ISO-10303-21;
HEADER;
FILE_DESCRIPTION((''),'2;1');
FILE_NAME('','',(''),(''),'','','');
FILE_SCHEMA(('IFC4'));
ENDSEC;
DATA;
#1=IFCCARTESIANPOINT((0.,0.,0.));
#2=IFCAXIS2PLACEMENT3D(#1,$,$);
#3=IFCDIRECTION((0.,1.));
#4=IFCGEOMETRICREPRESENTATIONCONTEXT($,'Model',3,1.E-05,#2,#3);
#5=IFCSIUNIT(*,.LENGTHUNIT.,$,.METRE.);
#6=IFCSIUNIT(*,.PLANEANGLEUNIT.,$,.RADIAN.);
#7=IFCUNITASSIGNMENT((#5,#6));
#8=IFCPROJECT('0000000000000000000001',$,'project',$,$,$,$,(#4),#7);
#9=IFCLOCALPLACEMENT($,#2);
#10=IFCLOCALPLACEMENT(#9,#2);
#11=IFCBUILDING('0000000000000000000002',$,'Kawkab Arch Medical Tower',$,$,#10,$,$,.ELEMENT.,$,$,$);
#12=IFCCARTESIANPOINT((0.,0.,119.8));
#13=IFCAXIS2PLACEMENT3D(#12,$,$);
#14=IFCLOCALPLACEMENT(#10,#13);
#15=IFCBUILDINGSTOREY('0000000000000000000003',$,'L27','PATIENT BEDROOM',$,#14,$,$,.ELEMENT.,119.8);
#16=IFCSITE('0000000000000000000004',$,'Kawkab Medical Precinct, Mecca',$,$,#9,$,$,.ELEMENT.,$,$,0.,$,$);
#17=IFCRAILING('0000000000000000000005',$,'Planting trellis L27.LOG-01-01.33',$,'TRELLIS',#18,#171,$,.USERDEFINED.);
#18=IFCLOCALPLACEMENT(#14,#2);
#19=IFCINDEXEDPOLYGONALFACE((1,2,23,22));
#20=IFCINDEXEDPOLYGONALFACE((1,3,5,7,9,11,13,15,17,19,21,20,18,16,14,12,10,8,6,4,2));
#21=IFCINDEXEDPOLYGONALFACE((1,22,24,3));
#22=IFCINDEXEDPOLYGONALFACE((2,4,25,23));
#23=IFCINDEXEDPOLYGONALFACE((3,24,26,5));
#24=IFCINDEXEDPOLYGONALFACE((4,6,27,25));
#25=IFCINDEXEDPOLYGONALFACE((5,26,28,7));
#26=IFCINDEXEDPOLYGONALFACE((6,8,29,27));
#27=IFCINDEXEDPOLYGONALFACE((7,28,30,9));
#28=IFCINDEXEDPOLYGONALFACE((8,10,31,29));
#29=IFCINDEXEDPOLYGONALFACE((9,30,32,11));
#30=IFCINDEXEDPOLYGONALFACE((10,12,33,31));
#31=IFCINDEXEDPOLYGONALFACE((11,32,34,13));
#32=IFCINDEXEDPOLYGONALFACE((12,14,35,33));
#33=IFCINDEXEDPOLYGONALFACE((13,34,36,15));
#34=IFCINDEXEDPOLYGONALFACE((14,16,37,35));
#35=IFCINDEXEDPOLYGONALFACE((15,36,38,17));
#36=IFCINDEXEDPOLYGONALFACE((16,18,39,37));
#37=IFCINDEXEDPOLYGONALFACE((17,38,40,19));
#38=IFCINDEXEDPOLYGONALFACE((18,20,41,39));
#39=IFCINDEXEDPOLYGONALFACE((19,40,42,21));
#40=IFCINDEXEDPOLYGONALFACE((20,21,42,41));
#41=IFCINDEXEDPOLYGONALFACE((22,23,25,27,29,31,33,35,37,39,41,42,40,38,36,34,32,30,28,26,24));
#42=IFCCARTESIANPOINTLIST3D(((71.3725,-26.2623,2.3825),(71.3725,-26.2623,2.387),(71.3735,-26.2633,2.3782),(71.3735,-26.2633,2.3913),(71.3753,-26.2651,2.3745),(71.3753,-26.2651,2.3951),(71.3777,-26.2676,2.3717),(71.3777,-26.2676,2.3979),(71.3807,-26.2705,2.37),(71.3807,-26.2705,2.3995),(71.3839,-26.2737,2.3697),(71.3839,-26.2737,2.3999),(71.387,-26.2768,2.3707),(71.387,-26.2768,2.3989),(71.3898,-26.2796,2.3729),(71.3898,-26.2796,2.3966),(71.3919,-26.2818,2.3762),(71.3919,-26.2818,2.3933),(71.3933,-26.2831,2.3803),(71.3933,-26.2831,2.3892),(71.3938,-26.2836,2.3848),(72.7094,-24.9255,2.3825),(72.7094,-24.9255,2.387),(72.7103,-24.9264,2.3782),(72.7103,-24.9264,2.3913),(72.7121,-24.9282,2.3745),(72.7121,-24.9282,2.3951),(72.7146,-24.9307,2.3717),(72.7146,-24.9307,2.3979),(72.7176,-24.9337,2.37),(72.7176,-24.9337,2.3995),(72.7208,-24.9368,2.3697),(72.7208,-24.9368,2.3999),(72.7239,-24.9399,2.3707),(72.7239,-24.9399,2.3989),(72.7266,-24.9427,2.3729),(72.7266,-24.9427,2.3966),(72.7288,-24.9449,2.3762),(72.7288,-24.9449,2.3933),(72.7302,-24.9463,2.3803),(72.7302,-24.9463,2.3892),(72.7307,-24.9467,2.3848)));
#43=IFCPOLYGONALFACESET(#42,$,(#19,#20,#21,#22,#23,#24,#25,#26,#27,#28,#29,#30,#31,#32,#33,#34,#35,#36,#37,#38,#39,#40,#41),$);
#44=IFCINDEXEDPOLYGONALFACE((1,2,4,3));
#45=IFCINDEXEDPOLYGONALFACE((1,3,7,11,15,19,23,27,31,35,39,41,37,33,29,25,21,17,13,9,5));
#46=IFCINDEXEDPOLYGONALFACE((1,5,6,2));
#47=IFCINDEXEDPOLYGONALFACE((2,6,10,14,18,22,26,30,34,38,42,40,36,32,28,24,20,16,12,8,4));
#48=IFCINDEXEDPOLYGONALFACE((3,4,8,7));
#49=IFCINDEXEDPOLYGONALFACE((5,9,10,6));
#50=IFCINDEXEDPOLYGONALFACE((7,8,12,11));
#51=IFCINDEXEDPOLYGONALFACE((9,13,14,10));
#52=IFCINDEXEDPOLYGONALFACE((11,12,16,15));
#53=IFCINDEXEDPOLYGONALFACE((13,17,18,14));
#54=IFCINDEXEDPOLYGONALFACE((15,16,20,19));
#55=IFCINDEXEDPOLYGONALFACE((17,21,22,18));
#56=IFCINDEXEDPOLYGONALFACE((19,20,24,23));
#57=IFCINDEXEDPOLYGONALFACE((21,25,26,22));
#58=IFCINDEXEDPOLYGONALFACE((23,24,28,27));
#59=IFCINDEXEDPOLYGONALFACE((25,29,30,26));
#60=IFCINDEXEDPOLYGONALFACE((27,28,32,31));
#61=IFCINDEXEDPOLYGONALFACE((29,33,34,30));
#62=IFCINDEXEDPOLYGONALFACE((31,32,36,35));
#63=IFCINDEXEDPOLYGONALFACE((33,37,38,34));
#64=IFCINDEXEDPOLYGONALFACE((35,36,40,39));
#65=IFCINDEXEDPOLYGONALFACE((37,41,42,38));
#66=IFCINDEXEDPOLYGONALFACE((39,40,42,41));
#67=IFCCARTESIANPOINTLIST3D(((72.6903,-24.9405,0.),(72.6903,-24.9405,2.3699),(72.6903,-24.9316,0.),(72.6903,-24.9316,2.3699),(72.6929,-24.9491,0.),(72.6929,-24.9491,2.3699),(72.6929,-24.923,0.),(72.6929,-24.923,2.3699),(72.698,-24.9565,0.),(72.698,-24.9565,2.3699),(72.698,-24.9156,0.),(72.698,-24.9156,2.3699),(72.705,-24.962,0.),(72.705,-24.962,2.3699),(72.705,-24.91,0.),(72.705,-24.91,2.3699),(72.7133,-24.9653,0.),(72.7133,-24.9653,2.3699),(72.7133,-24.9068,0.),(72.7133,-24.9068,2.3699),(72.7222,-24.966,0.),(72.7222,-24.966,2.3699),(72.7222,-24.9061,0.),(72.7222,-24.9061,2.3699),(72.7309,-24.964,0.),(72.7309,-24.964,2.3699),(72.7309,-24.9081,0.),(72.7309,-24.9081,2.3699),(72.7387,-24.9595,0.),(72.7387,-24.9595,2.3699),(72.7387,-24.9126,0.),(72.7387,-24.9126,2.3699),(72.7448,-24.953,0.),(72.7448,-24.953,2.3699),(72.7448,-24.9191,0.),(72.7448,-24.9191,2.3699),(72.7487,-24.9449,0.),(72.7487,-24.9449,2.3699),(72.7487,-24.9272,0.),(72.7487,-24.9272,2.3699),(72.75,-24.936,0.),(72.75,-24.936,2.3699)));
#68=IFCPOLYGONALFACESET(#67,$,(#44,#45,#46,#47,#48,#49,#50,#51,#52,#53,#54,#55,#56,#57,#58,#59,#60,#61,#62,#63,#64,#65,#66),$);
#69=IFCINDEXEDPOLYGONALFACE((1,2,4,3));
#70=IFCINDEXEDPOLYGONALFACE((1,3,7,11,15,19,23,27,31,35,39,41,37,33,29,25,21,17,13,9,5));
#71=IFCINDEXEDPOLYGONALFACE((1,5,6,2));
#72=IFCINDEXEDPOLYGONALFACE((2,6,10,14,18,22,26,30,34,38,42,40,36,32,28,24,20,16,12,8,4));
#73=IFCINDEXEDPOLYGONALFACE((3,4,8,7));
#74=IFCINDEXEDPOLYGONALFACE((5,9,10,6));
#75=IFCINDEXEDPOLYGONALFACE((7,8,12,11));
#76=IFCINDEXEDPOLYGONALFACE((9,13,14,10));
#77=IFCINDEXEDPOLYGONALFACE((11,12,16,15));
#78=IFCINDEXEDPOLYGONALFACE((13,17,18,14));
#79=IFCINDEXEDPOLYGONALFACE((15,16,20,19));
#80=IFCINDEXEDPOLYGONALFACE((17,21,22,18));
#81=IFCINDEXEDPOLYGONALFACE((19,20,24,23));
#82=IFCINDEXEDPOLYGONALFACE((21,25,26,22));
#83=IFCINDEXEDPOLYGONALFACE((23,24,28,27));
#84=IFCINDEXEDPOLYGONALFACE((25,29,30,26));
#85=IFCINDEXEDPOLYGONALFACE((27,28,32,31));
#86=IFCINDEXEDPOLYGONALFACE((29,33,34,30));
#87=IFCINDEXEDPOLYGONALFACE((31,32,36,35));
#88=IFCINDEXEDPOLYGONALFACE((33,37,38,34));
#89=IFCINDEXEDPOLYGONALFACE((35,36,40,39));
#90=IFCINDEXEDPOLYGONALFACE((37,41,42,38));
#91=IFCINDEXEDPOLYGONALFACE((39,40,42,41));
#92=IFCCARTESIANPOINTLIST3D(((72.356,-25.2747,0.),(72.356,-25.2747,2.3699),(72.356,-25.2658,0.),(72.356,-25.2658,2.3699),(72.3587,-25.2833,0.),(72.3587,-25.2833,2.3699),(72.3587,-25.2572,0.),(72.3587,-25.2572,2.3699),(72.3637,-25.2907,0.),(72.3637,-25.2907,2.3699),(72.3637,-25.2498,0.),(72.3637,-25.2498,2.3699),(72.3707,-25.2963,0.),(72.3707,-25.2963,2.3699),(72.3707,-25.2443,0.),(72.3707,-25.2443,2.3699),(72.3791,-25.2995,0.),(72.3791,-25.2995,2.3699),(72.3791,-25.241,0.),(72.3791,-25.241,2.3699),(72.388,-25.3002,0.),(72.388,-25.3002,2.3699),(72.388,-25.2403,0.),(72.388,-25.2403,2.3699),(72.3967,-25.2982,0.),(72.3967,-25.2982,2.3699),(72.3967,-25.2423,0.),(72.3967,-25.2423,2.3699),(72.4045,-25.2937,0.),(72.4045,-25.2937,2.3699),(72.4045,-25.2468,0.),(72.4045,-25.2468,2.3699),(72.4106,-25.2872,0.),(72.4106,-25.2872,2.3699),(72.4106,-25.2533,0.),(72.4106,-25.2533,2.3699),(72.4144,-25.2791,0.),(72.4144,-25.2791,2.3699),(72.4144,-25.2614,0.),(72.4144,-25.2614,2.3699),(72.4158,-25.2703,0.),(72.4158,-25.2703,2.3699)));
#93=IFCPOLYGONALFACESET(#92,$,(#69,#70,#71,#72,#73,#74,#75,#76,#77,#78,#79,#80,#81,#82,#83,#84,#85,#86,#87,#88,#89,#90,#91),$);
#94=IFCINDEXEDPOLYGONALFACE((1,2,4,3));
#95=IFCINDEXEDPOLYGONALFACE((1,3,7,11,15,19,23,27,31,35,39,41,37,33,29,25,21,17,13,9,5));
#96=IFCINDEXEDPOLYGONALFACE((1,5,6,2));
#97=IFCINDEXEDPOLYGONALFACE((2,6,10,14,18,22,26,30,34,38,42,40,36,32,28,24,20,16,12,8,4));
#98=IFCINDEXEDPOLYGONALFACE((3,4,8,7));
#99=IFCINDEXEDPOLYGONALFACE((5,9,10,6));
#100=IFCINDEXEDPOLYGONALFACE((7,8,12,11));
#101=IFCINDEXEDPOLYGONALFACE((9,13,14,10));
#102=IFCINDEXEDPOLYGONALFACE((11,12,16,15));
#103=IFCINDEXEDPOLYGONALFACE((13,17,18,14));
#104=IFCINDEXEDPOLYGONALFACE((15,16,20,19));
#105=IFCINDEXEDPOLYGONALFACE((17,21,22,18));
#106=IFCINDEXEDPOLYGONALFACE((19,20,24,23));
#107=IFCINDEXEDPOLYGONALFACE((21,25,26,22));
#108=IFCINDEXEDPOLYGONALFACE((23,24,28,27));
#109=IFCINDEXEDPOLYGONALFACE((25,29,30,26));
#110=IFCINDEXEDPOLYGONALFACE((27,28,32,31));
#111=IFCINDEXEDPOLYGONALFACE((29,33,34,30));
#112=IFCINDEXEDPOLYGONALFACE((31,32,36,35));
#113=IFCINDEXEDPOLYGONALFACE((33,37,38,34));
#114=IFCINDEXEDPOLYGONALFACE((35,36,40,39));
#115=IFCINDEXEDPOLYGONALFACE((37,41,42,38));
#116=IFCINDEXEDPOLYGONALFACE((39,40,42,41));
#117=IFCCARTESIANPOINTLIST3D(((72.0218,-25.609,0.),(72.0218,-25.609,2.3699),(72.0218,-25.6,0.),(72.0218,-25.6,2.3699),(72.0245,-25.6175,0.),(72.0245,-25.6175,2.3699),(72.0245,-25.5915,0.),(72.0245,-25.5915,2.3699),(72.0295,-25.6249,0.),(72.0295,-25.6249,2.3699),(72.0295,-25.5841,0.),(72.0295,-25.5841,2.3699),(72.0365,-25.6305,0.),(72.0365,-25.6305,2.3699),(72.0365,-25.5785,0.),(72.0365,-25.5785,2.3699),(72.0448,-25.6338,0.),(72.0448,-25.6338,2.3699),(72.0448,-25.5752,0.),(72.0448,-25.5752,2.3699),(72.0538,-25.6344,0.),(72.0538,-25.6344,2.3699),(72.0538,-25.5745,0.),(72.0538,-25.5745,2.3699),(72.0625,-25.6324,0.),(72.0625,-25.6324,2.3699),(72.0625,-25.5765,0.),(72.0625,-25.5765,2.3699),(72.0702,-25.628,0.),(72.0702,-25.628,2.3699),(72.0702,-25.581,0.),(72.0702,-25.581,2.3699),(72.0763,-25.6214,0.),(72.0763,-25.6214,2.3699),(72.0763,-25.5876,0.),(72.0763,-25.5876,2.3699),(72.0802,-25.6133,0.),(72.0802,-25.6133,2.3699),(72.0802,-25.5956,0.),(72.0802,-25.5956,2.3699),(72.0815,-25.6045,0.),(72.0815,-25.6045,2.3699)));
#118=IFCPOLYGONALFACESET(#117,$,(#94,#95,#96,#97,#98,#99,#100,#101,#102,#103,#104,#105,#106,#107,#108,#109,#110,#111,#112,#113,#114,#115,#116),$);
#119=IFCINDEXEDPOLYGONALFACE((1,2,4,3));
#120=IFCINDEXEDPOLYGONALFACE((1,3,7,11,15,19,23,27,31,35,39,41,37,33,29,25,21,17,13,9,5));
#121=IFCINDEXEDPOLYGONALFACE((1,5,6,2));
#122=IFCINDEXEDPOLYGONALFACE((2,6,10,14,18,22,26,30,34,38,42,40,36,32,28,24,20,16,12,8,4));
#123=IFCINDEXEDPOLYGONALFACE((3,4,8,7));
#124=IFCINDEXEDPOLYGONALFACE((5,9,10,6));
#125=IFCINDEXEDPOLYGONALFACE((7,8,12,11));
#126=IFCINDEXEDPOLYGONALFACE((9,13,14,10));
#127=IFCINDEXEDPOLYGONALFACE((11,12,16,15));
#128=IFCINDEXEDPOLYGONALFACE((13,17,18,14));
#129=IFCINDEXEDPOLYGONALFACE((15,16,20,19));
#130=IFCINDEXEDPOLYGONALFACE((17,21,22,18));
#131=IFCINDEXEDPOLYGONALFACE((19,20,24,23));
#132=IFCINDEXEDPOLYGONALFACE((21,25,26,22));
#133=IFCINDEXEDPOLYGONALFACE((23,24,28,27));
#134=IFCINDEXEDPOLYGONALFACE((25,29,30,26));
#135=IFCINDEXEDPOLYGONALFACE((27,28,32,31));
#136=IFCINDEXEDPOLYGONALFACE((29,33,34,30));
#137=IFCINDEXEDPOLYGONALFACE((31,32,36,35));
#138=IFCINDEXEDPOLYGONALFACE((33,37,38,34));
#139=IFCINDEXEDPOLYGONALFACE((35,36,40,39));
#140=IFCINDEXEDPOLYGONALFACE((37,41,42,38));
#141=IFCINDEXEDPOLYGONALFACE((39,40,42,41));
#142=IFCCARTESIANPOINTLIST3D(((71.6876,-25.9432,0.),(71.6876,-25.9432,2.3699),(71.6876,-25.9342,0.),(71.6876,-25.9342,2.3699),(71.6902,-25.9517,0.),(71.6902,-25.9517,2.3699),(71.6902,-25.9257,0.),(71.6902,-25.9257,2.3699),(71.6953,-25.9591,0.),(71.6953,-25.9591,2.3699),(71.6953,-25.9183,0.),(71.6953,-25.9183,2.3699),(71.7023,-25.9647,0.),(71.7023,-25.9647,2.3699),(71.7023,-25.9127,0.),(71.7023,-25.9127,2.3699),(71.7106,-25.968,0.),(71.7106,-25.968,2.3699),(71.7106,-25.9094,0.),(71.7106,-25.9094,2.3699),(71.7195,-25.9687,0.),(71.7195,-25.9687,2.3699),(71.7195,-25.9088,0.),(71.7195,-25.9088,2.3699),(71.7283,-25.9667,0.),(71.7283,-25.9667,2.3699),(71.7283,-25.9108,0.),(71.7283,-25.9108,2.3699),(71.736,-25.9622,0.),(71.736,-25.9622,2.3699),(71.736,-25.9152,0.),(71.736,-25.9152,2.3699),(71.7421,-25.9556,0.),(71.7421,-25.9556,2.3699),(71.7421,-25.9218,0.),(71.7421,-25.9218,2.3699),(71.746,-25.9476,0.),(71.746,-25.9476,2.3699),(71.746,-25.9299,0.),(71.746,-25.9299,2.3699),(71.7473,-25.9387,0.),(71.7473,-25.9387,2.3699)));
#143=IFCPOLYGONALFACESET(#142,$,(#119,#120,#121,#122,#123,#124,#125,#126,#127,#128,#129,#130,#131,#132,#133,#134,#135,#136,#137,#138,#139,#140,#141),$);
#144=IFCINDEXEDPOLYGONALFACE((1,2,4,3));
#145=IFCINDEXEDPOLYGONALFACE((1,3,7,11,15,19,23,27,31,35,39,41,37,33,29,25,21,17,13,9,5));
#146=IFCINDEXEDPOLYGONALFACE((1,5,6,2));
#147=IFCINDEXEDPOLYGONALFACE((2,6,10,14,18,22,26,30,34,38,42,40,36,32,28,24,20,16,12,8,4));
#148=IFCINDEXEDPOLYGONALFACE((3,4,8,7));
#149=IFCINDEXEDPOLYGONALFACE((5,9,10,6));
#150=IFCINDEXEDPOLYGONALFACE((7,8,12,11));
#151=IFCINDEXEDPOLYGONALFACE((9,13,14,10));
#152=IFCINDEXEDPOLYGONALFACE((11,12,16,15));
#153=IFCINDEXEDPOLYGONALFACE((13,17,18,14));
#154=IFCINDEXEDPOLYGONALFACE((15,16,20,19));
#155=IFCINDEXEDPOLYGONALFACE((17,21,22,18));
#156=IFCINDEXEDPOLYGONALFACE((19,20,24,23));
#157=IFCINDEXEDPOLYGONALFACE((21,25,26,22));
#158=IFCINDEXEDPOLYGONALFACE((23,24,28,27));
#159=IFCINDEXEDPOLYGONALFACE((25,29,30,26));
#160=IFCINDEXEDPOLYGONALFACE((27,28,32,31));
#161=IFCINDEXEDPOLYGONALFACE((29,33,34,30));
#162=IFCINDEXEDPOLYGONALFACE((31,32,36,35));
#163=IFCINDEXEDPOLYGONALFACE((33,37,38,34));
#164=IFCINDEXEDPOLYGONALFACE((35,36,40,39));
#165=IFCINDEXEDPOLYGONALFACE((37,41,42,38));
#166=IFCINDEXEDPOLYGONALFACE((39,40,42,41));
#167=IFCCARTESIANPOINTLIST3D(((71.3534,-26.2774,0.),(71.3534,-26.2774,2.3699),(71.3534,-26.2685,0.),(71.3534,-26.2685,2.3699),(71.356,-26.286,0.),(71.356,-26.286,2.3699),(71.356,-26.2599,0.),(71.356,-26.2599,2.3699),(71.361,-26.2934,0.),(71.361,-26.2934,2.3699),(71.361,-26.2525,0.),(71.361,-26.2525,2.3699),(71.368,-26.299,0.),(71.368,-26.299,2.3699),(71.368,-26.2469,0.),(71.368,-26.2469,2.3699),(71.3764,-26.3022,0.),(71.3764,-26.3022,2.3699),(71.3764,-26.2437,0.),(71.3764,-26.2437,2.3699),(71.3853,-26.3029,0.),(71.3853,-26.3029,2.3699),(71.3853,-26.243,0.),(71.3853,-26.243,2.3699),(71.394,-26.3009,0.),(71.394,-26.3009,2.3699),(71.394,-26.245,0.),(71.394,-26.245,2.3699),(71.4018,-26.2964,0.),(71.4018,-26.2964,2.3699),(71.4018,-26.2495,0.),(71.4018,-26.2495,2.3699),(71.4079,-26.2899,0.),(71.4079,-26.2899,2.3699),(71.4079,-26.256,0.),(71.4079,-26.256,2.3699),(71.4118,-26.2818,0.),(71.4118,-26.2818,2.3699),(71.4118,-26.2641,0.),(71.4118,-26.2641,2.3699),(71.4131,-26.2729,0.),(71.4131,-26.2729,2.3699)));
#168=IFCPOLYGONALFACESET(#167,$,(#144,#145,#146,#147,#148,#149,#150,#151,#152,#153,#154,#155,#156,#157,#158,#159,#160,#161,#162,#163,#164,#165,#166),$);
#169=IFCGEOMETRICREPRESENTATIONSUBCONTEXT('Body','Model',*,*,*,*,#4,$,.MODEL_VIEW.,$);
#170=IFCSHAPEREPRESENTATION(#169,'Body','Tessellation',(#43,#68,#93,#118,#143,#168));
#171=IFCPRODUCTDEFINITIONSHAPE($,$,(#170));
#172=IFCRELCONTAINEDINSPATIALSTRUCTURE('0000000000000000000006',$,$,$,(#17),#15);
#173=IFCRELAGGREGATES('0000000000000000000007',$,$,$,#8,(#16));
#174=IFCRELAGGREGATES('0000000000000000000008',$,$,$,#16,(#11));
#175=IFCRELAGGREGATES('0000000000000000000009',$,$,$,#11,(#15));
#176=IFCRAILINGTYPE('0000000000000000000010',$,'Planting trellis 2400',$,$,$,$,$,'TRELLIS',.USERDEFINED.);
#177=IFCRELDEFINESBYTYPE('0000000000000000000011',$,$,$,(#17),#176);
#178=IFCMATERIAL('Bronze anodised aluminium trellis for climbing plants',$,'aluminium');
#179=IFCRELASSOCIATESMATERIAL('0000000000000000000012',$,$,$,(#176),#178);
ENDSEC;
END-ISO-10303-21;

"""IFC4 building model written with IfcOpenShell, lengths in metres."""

from ifc_helpers import new_model, si_unit, direction, frame, origin, origin_2d, place, context, subcontext, project, spatial, circle, extrude, material, type_object, element, save


model = new_model("IFC4")

# Units and contexts
model_context = context("Model", 3, precision=1e-05, world=origin(), true_north=direction((0.0, 1.0)))
body_context = subcontext(model_context, "Body", "Model", "MODEL_VIEW")
ifc_project = project(units=[si_unit("LENGTHUNIT", "METRE"), si_unit("PLANEANGLEUNIT", "RADIAN")], contexts=[model_context])

# Site, building, storey
site_placement = place(None, origin())
site = spatial("IfcSite", under=ifc_project, at=site_placement, Name="Kawkab Medical Precinct, Mecca", CompositionType="ELEMENT", RefElevation=0.0)
building_placement = place(site_placement, origin())
building = spatial("IfcBuilding", under=site, at=building_placement, Name="Kawkab Arch Medical Tower", CompositionType="ELEMENT")
storey_placement = place(building_placement, frame((0.0, 0.0, 119.8)))
storey = spatial("IfcBuildingStorey", under=building, at=storey_placement, Name="L27", Description="PATIENT BEDROOM", CompositionType="ELEMENT", Elevation=119.8)

# Railing
ifc_material_1 = material(Name="Bronze anodised aluminium trellis for climbing plants", Category="aluminium")
railing_type_1 = type_object("IfcRailingType", Name="Planting trellis 2400", ElementType="TRELLIS", PredefinedType="USERDEFINED", material=ifc_material_1)
railing_1_placement = place(storey_placement, frame((72.72, -24.936, 0.0)))
element("IfcRailing", 1, at=railing_1_placement, inside=storey, type_object=railing_type_1, Name="Planting trellis L27.LOG-01-01.33", ObjectType="TRELLIS", PredefinedType="USERDEFINED", context=body_context, shape_type="SweptSolid", body=[
    extrude(circle(Radius=0.0151, at=origin_2d()), frame((0.0, 0.0, 2.3848), z_axis=(-0.707107, -0.707107, 0.0), x_axis=(0.707107, -0.707107, 0.0)), (0.0, 0.0, 1.0), 1.8906),
    extrude(circle(Radius=0.03, at=origin_2d()), origin(), (0.0, 0.0, 1.0), 2.3699),
    extrude(circle(Radius=0.03, at=origin_2d()), frame((-0.3342, -0.3342, 0.0)), (0.0, 0.0, 1.0), 2.3699),
    extrude(circle(Radius=0.03, at=origin_2d()), frame((-0.6685, -0.6685, 0.0)), (0.0, 0.0, 1.0), 2.3699),
    extrude(circle(Radius=0.03, at=origin_2d()), frame((-1.0027, -1.0027, 0.0)), (0.0, 0.0, 1.0), 2.3699),
    extrude(circle(Radius=0.03, at=origin_2d()), frame((-1.3369, -1.3369, 0.0)), (0.0, 0.0, 1.0), 2.3699),
])

save(model, "model.ifc")
